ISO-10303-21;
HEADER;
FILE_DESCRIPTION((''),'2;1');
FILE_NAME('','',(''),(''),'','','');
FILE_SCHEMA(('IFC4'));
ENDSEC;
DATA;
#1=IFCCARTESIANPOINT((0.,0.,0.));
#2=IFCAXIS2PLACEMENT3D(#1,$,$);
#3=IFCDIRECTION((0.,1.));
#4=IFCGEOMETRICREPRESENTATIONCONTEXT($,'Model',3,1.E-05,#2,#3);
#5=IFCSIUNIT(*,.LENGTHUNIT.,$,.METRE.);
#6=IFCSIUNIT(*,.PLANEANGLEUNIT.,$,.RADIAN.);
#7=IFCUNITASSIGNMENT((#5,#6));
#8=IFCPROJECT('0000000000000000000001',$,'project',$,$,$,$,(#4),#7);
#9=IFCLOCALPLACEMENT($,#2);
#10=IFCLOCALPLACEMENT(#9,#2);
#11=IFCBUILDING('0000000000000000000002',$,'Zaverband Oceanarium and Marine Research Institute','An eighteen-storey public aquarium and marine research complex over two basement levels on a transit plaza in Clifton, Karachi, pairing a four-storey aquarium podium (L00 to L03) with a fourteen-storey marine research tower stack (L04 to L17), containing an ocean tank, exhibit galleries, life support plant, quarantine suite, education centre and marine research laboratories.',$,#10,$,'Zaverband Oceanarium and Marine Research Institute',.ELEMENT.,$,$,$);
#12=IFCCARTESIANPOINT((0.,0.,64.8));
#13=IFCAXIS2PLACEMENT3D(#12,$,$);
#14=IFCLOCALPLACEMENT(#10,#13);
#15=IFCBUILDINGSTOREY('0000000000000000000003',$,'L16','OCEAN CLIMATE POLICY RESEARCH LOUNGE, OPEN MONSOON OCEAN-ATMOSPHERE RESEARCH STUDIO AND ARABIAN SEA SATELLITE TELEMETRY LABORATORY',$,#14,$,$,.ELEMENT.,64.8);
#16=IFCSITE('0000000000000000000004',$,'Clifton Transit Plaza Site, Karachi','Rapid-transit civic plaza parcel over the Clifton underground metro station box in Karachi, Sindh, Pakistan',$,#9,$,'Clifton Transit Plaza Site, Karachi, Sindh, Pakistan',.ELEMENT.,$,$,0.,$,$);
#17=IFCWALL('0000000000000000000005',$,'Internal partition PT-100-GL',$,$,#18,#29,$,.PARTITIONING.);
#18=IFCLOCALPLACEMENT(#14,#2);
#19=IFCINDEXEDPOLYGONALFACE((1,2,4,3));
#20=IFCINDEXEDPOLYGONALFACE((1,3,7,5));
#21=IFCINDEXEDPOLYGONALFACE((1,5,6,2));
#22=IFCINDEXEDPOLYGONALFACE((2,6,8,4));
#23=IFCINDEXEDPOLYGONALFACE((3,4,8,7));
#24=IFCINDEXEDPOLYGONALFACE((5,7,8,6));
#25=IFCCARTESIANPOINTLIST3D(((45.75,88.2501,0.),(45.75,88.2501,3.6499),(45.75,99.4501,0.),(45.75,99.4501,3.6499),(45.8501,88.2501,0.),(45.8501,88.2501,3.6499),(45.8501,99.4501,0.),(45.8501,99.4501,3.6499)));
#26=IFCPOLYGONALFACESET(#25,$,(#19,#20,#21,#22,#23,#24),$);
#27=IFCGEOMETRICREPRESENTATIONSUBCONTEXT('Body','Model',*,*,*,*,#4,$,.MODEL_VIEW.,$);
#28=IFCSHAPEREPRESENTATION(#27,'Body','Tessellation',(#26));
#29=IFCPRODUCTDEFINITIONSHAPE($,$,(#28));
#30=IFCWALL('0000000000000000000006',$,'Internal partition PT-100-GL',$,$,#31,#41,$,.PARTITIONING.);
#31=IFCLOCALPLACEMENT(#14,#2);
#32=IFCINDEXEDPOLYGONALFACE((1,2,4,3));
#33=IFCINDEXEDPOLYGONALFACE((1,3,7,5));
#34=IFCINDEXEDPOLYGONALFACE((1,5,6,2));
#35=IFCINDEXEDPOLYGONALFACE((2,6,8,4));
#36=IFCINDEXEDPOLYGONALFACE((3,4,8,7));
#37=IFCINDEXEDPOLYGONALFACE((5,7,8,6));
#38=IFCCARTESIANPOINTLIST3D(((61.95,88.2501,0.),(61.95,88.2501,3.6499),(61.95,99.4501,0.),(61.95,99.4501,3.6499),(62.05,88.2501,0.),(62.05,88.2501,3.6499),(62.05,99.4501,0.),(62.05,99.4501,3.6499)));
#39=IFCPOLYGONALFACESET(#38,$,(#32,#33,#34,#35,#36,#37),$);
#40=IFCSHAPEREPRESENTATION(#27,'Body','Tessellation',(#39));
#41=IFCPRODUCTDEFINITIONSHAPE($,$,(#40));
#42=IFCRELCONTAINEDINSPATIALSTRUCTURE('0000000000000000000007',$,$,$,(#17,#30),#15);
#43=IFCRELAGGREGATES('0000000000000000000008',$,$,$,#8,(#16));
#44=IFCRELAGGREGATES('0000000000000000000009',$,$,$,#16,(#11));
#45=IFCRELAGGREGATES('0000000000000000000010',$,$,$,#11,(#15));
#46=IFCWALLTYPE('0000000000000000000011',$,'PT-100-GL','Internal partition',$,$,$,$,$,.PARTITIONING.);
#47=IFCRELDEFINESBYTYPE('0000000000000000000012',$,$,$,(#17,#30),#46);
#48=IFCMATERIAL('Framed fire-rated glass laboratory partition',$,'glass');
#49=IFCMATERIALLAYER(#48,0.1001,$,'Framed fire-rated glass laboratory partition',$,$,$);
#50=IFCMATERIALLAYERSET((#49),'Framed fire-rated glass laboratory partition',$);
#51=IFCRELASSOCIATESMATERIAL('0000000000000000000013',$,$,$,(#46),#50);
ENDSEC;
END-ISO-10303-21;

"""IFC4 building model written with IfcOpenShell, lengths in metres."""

from ifc_helpers import new_model, si_unit, direction, frame, frame_2d, origin, place, context, subcontext, project, spatial, rectangle, extrude, material, layer, layer_set, type_object, element, save


model = new_model("IFC4")

# Units and contexts
model_context = context("Model", 3, precision=1e-05, world=origin(), true_north=direction((0.0, 1.0)))
body_context = subcontext(model_context, "Body", "Model", "MODEL_VIEW")
ifc_project = project(units=[si_unit("LENGTHUNIT", "METRE"), si_unit("PLANEANGLEUNIT", "RADIAN")], contexts=[model_context])

# Site, building, storey
site_placement = place(None, origin())
site = spatial("IfcSite", under=ifc_project, at=site_placement, Name="Clifton Transit Plaza Site, Karachi", Description="Rapid-transit civic plaza parcel over the Clifton underground metro station box in Karachi, Sindh, Pakistan", LongName="Clifton Transit Plaza Site, Karachi, Sindh, Pakistan", CompositionType="ELEMENT", RefElevation=0.0)
building_placement = place(site_placement, origin())
building = spatial("IfcBuilding", under=site, at=building_placement, Name="Zaverband Oceanarium and Marine Research Institute", Description="An eighteen-storey public aquarium and marine research complex over two basement levels on a transit plaza in Clifton, Karachi, pairing a four-storey aquarium podium (L00 to L03) with a fourteen-storey marine research tower stack (L04 to L17), containing an ocean tank, exhibit galleries, life support plant, quarantine suite, education centre and marine research laboratories.", LongName="Zaverband Oceanarium and Marine Research Institute", CompositionType="ELEMENT")
storey_placement = place(building_placement, frame((0.0, 0.0, 64.8)))
storey = spatial("IfcBuildingStorey", under=building, at=storey_placement, Name="L16", Description="OCEAN CLIMATE POLICY RESEARCH LOUNGE, OPEN MONSOON OCEAN-ATMOSPHERE RESEARCH STUDIO AND ARABIAN SEA SATELLITE TELEMETRY LABORATORY", CompositionType="ELEMENT", Elevation=64.8)

# Shared definitions
ifc_material_1 = material(Name="Framed fire-rated glass laboratory partition", Category="glass")
ifc_layer_1 = layer(ifc_material_1, 0.1001, Name="Framed fire-rated glass laboratory partition")
ifc_layer_set_1 = layer_set([ifc_layer_1], Name="Framed fire-rated glass laboratory partition")
wall_type_1 = type_object("IfcWallType", Name="PT-100-GL", Description="Internal partition", PredefinedType="PARTITIONING", material=ifc_layer_set_1)

# Walls
for number, where, z_axis, x_axis, name in (
    (1, (45.8, 88.25, 0.0), (0.0, 0.0, 1.0), (0.0, 1.0, 0.0), "Internal partition PT-100-GL"),
    (2, (62.0, 88.25, 0.0), (0.0, 0.0, 1.0), (0.0, 1.0, 0.0), "Internal partition PT-100-GL"),
):
    element("IfcWall", number, at=place(storey_placement, frame(where, z_axis=z_axis, x_axis=x_axis)), inside=storey, type_object=wall_type_1, Name=name, PredefinedType="PARTITIONING", context=body_context, shape_type="SweptSolid", body=[
        extrude(rectangle(XDim=11.2, YDim=0.1001, at=frame_2d((5.6001, 0.0))), origin(), (0.0, 0.0, 1.0), 3.6499),
    ])

save(model, "model.ifc")
